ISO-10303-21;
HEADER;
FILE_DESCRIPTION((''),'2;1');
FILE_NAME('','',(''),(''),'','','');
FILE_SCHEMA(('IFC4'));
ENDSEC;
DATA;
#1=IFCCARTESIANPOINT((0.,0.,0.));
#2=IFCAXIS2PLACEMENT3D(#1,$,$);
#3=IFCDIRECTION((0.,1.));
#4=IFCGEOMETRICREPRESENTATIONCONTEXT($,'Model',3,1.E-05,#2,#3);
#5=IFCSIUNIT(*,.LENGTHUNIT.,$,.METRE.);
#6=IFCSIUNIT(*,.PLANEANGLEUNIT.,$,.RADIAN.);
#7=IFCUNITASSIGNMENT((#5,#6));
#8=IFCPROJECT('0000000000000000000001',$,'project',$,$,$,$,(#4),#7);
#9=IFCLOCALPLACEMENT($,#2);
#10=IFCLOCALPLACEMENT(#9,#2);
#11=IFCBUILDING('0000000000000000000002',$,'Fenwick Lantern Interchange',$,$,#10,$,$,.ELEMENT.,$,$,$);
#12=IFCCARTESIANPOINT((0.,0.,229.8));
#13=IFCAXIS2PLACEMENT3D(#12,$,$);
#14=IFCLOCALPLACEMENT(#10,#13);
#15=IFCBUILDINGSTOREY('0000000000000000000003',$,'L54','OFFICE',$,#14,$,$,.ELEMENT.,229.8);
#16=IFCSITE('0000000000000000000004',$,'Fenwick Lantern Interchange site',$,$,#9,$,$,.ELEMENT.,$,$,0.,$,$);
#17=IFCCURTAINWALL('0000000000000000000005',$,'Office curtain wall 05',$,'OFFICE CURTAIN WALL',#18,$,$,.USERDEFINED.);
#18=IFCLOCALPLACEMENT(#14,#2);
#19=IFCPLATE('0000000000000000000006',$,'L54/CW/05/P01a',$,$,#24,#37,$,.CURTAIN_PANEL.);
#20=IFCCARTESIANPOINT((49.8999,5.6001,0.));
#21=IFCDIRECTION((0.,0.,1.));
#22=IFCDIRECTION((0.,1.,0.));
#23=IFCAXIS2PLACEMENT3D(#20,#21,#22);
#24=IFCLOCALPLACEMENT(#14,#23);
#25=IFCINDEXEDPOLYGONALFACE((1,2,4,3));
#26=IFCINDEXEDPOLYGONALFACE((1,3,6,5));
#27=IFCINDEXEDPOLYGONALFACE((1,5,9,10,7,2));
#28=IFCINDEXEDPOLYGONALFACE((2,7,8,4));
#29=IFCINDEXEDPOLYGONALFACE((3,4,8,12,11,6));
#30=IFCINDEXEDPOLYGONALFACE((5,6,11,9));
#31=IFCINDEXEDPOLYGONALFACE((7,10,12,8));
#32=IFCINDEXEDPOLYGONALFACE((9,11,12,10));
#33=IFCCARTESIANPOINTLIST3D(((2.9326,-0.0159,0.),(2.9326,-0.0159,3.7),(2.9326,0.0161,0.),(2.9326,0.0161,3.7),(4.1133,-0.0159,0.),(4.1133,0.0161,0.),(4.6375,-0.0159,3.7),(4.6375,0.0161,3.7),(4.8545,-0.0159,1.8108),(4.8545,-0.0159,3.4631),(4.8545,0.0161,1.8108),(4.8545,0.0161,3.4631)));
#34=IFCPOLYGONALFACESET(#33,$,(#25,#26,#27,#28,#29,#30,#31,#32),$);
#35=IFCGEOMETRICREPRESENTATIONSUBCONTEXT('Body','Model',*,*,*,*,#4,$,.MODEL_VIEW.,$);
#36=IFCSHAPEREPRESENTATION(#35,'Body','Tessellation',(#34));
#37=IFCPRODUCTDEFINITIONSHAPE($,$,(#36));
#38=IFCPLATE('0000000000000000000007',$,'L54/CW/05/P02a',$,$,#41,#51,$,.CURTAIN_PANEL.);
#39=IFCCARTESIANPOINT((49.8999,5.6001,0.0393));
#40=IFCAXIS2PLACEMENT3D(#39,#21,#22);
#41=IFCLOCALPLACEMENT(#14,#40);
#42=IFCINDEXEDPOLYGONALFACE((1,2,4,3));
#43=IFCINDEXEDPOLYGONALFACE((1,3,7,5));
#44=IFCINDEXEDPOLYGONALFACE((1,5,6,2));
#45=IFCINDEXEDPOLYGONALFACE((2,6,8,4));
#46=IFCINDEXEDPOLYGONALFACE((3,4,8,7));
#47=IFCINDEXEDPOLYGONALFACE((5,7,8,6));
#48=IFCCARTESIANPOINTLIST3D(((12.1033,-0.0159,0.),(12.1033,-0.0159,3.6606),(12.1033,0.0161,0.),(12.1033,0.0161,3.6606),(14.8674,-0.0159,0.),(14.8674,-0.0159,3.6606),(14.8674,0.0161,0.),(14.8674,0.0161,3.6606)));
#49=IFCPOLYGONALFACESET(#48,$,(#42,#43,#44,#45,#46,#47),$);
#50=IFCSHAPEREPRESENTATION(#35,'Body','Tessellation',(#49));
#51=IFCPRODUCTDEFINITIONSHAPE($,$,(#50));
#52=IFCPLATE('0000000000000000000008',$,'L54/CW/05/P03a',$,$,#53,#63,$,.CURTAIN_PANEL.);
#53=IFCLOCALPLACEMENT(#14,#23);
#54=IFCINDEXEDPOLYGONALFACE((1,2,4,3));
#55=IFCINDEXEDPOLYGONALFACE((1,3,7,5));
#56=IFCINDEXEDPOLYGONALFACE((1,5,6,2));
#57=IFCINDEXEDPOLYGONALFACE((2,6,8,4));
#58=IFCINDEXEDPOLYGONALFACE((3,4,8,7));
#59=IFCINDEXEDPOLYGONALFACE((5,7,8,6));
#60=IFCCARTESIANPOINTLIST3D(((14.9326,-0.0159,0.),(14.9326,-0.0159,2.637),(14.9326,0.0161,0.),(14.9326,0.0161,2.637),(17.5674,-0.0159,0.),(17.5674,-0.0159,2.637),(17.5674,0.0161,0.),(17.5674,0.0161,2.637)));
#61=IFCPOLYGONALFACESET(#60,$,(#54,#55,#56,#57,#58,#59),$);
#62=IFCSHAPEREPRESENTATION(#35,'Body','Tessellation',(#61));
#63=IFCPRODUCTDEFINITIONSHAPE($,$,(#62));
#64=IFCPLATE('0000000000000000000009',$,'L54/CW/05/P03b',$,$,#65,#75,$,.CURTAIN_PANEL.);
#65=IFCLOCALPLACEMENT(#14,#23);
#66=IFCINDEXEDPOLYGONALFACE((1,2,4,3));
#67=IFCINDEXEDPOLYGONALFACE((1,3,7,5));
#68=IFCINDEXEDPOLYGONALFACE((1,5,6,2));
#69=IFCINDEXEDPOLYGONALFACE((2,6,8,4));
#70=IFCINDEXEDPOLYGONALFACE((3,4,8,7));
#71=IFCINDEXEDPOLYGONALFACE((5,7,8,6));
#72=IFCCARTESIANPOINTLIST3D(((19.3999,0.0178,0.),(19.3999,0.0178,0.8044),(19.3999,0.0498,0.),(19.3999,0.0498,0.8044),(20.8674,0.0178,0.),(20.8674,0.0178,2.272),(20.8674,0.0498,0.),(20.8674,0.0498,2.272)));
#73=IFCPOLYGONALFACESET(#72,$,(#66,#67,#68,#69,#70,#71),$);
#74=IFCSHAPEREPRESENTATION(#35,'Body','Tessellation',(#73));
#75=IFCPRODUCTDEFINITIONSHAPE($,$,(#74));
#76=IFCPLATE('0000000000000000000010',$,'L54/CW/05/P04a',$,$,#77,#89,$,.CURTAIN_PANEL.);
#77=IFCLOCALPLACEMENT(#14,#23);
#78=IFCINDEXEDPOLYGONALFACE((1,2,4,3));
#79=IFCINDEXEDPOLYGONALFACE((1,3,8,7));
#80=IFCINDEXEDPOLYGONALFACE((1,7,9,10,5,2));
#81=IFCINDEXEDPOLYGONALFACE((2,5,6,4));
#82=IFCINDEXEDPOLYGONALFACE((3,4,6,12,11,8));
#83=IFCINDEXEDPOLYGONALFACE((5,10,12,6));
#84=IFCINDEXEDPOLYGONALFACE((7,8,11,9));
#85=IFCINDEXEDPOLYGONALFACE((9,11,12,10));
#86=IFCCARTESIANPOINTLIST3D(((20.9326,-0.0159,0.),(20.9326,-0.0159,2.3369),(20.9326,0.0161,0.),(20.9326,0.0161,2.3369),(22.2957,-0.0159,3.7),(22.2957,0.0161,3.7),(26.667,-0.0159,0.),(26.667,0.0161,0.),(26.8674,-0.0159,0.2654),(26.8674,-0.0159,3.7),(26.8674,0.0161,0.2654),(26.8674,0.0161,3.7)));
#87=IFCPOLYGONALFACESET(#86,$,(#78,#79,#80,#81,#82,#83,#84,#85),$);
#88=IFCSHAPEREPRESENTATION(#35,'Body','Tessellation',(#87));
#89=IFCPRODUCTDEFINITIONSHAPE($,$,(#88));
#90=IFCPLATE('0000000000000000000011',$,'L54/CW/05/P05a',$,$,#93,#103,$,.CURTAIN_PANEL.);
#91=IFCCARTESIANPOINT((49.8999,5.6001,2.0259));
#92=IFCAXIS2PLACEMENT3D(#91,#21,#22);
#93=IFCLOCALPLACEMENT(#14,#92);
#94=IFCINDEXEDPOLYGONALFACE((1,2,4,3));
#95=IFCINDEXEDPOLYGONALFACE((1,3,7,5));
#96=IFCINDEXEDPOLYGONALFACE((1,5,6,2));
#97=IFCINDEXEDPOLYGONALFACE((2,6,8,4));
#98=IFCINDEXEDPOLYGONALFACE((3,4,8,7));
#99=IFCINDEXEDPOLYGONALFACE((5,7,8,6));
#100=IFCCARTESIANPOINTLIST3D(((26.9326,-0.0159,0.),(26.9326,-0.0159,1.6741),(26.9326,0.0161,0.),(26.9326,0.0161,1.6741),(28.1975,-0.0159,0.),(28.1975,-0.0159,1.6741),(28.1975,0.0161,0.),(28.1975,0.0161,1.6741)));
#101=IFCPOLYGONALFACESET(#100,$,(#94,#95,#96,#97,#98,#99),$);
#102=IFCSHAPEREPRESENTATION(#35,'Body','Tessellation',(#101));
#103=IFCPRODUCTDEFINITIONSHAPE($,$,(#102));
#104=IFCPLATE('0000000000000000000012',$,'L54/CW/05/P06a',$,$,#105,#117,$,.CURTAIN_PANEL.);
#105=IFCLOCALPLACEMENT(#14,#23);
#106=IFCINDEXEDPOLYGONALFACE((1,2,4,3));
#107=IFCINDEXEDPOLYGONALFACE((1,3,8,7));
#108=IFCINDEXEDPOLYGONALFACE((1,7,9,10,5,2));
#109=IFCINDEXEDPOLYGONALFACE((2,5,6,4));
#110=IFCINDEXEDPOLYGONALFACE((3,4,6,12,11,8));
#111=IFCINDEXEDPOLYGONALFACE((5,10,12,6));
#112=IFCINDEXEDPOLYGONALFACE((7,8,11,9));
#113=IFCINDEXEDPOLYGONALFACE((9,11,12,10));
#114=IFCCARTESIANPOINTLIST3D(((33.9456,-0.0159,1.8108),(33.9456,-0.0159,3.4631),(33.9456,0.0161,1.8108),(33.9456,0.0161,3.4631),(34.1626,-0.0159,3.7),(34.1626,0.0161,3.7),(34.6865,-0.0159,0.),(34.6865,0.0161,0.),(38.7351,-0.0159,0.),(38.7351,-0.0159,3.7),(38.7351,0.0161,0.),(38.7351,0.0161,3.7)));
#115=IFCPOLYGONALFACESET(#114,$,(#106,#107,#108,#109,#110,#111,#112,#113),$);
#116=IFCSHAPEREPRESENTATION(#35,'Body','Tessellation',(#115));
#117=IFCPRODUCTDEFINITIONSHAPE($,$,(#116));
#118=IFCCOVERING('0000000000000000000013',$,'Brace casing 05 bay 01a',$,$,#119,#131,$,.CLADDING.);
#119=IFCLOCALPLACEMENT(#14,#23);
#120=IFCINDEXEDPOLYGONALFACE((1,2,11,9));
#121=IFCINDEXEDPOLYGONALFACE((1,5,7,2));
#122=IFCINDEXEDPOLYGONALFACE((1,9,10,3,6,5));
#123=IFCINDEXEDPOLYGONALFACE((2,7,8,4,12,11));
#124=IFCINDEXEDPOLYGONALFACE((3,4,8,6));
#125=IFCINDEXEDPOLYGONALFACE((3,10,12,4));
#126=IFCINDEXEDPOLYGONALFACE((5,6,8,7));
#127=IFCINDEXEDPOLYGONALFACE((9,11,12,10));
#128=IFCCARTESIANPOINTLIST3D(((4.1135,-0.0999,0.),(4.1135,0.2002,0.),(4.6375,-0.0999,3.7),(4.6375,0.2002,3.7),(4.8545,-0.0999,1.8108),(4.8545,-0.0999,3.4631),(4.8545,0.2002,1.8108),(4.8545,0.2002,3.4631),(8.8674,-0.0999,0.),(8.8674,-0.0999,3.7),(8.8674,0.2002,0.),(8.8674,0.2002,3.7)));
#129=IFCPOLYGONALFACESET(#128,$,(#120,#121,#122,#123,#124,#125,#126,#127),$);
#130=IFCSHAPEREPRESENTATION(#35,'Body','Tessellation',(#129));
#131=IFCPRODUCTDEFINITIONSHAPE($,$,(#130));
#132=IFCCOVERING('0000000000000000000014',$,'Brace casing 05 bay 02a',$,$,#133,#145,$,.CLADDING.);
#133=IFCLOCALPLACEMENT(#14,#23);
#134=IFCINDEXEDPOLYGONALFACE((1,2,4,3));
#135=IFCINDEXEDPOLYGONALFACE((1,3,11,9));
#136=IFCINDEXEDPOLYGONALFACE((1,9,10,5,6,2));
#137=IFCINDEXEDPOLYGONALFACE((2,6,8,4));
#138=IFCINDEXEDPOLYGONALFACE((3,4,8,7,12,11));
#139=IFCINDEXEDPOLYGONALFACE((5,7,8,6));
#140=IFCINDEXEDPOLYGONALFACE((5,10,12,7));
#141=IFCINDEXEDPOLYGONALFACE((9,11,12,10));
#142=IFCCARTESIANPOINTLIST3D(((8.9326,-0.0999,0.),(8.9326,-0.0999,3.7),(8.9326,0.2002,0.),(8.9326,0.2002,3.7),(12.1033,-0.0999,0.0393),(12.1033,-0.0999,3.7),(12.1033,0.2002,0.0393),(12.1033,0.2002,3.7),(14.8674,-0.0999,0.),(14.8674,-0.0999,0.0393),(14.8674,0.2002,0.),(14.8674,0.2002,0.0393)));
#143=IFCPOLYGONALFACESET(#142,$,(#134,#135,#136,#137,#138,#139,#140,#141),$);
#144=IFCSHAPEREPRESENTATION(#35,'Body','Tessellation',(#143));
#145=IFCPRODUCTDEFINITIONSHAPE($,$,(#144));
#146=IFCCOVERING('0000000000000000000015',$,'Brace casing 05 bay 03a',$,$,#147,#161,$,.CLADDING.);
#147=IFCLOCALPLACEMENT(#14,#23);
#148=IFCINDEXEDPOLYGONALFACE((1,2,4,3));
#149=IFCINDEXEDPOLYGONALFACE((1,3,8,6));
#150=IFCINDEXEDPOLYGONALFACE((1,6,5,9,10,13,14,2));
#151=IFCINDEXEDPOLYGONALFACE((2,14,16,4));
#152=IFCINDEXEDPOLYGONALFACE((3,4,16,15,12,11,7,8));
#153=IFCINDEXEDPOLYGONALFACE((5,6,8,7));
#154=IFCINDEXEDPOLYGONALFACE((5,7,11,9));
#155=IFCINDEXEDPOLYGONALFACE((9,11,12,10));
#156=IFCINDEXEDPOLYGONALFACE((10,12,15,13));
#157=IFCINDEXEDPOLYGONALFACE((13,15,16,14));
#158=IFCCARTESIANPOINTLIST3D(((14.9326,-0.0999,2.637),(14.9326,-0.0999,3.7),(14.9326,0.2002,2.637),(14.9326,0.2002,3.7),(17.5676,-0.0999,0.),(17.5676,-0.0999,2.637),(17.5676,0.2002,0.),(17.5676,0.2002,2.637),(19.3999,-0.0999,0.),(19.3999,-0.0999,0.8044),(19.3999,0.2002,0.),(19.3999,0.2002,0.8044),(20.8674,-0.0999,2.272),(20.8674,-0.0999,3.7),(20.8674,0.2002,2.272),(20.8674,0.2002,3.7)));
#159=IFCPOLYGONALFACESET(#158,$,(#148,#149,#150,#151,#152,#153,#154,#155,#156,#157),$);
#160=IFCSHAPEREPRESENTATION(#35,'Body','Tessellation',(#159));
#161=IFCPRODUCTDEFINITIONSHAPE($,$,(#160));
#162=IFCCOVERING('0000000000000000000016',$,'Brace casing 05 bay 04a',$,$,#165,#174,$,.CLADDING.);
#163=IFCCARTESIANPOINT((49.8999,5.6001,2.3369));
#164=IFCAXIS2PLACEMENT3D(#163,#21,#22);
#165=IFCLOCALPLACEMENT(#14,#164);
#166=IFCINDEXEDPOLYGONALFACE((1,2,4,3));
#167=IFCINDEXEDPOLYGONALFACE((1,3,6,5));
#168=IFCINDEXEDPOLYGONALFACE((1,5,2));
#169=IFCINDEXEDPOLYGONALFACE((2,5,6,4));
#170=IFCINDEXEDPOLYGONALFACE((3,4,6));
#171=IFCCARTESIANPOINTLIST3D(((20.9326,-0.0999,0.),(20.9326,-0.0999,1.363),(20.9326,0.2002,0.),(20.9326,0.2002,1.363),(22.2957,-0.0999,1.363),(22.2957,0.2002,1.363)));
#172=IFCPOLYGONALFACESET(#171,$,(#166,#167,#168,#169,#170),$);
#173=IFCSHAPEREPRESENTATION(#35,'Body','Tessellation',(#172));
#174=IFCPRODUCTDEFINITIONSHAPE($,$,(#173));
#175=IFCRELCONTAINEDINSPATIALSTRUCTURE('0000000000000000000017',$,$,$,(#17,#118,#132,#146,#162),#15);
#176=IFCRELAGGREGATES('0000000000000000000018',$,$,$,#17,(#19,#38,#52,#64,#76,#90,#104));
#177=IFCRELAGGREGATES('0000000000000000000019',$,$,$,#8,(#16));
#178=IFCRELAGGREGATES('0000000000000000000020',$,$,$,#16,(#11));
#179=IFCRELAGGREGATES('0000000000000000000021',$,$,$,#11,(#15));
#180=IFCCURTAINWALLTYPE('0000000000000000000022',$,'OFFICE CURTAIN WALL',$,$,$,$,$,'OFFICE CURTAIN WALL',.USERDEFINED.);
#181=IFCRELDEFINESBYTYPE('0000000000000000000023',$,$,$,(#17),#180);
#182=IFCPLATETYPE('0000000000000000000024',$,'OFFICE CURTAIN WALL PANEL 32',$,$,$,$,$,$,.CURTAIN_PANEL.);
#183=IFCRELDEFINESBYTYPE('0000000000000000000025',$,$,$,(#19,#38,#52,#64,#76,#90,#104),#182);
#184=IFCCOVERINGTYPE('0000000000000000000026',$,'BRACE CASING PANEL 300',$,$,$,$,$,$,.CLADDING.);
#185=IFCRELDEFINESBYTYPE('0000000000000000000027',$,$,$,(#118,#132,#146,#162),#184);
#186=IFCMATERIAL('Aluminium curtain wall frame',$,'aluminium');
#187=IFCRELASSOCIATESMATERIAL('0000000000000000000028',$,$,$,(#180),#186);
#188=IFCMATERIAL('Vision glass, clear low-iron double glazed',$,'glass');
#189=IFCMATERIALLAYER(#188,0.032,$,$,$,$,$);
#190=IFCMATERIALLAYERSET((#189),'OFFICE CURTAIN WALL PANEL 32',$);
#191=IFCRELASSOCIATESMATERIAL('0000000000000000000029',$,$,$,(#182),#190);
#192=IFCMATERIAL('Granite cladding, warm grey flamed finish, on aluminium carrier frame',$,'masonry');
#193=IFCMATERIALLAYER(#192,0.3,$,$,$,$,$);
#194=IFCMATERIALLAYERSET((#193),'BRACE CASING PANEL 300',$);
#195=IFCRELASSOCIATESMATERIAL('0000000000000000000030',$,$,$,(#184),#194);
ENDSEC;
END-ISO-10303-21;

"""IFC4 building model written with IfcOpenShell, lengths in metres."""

from ifc_helpers import new_model, si_unit, direction, frame, origin, place, context, subcontext, project, spatial, polyline, outline, extrude, material, layer, layer_set, type_object, element, aggregate, save


model = new_model("IFC4")

# Units and contexts
model_context = context("Model", 3, precision=1e-05, world=origin(), true_north=direction((0.0, 1.0)))
body_context = subcontext(model_context, "Body", "Model", "MODEL_VIEW")
ifc_project = project(units=[si_unit("LENGTHUNIT", "METRE"), si_unit("PLANEANGLEUNIT", "RADIAN")], contexts=[model_context])

# Site, building, storey
site_placement = place(None, origin())
site = spatial("IfcSite", under=ifc_project, at=site_placement, Name="Fenwick Lantern Interchange site", CompositionType="ELEMENT", RefElevation=0.0)
building_placement = place(site_placement, origin())
building = spatial("IfcBuilding", under=site, at=building_placement, Name="Fenwick Lantern Interchange", CompositionType="ELEMENT")
storey_placement = place(building_placement, frame((0.0, 0.0, 229.8)))
storey = spatial("IfcBuildingStorey", under=building, at=storey_placement, Name="L54", Description="OFFICE", CompositionType="ELEMENT", Elevation=229.8)

# Shared definitions
ifc_material_1 = material(Name="Aluminium curtain wall frame", Category="aluminium")
curtain_wall_type = type_object("IfcCurtainWallType", Name="OFFICE CURTAIN WALL", ElementType="OFFICE CURTAIN WALL", PredefinedType="USERDEFINED", material=ifc_material_1)

# Curtain wall
curtain_wall_1_placement = place(storey_placement, origin())
curtain_wall_1 = element("IfcCurtainWall", 1, at=curtain_wall_1_placement, inside=storey, type_object=curtain_wall_type, Name="Office curtain wall 05", ObjectType="OFFICE CURTAIN WALL", PredefinedType="USERDEFINED")

# Plates
ifc_material_2 = material(Name="Vision glass, clear low-iron double glazed", Category="glass")
ifc_layer_1 = layer(ifc_material_2, 0.032)
ifc_layer_set_1 = layer_set([ifc_layer_1], Name="OFFICE CURTAIN WALL PANEL 32")
plate_type = type_object("IfcPlateType", Name="OFFICE CURTAIN WALL PANEL 32", PredefinedType="CURTAIN_PANEL", material=ifc_layer_set_1)
plate_1_placement = place(storey_placement, frame((49.8999, 5.6001, 0.0), z_axis=(0.0, 0.0, 1.0), x_axis=(0.0, 1.0, 0.0)))
plate_1 = element("IfcPlate", 2, at=plate_1_placement, type_object=plate_type, Name="L54/CW/05/P01a", PredefinedType="CURTAIN_PANEL", context=body_context, shape_type="SweptSolid", body=[
    extrude(outline(polyline([(2.9326, 0.0), (4.1133, 0.0), (4.8545, 1.8108), (4.8545, 3.4631), (4.6375, 3.7), (2.9326, 3.7), (2.9326, 0.0)])), frame((0.0, 0.0161, 0.0), z_axis=(0.0, -1.0, 0.0), x_axis=(1.0, 0.0, 0.0)), (0.0, 0.0, 1.0), 0.032),
])
plate_2_placement = place(storey_placement, frame((49.8999, 5.6001, 0.0393), z_axis=(0.0, 0.0, 1.0), x_axis=(0.0, 1.0, 0.0)))
plate_2 = element("IfcPlate", 3, at=plate_2_placement, type_object=plate_type, Name="L54/CW/05/P02a", PredefinedType="CURTAIN_PANEL", context=body_context, shape_type="SweptSolid", body=[
    extrude(outline(polyline([(12.1033, 0.0), (14.8674, 0.0), (14.8674, 3.6606), (12.1033, 3.6606), (12.1033, 0.0)])), frame((0.0, 0.0161, 0.0), z_axis=(0.0, -1.0, 0.0), x_axis=(1.0, 0.0, 0.0)), (0.0, 0.0, 1.0), 0.032),
])
plate_3_placement = place(storey_placement, frame((49.8999, 5.6001, 0.0), z_axis=(0.0, 0.0, 1.0), x_axis=(0.0, 1.0, 0.0)))
plate_3 = element("IfcPlate", 4, at=plate_3_placement, type_object=plate_type, Name="L54/CW/05/P03a", PredefinedType="CURTAIN_PANEL", context=body_context, shape_type="SweptSolid", body=[
    extrude(outline(polyline([(14.9326, 0.0), (17.5674, 0.0), (17.5674, 2.637), (14.9326, 2.637), (14.9326, 0.0)])), frame((0.0, 0.0161, 0.0), z_axis=(0.0, -1.0, 0.0), x_axis=(1.0, 0.0, 0.0)), (0.0, 0.0, 1.0), 0.032),
])
plate_4_placement = place(storey_placement, frame((49.8999, 5.6001, 0.0), z_axis=(0.0, 0.0, 1.0), x_axis=(0.0, 1.0, 0.0)))
plate_4 = element("IfcPlate", 5, at=plate_4_placement, type_object=plate_type, Name="L54/CW/05/P03b", PredefinedType="CURTAIN_PANEL", context=body_context, shape_type="SweptSolid", body=[
    extrude(outline(polyline([(19.3999, 0.0), (20.8674, 0.0), (20.8674, 2.272), (19.3999, 0.8044), (19.3999, 0.0)])), frame((0.0, 0.0498, 0.0), z_axis=(0.0, -1.0, 0.0), x_axis=(1.0, 0.0, 0.0)), (0.0, 0.0, 1.0), 0.032),
])
plate_5_placement = place(storey_placement, frame((49.8999, 5.6001, 0.0), z_axis=(0.0, 0.0, 1.0), x_axis=(0.0, 1.0, 0.0)))
plate_5 = element("IfcPlate", 6, at=plate_5_placement, type_object=plate_type, Name="L54/CW/05/P04a", PredefinedType="CURTAIN_PANEL", context=body_context, shape_type="SweptSolid", body=[
    extrude(outline(polyline([(20.9326, 0.0), (26.667, 0.0), (26.8674, 0.2654), (26.8674, 3.7), (22.2957, 3.7), (20.9326, 2.3369), (20.9326, 0.0)])), frame((0.0, 0.0161, 0.0), z_axis=(0.0, -1.0, 0.0), x_axis=(1.0, 0.0, 0.0)), (0.0, 0.0, 1.0), 0.032),
])
plate_6_placement = place(storey_placement, frame((49.8999, 5.6001, 2.0259), z_axis=(0.0, 0.0, 1.0), x_axis=(0.0, 1.0, 0.0)))
plate_6 = element("IfcPlate", 7, at=plate_6_placement, type_object=plate_type, Name="L54/CW/05/P05a", PredefinedType="CURTAIN_PANEL", context=body_context, shape_type="SweptSolid", body=[
    extrude(outline(polyline([(26.9326, 0.0), (28.1975, 0.0), (28.1975, 1.6741), (26.9326, 1.6741), (26.9326, 0.0)])), frame((0.0, 0.0161, 0.0), z_axis=(0.0, -1.0, 0.0), x_axis=(1.0, 0.0, 0.0)), (0.0, 0.0, 1.0), 0.032),
])
plate_7_placement = place(storey_placement, frame((49.8999, 5.6001, 0.0), z_axis=(0.0, 0.0, 1.0), x_axis=(0.0, 1.0, 0.0)))
plate_7 = element("IfcPlate", 8, at=plate_7_placement, type_object=plate_type, Name="L54/CW/05/P06a", PredefinedType="CURTAIN_PANEL", context=body_context, shape_type="SweptSolid", body=[
    extrude(outline(polyline([(34.6865, 0.0), (38.7351, 0.0), (38.7351, 3.7), (34.1626, 3.7), (33.9456, 3.4631), (33.9456, 1.8108), (34.6865, 0.0)])), frame((0.0, 0.0161, 0.0), z_axis=(0.0, -1.0, 0.0), x_axis=(1.0, 0.0, 0.0)), (0.0, 0.0, 1.0), 0.032),
])
aggregate(curtain_wall_1, [plate_1, plate_2, plate_3, plate_4, plate_5, plate_6, plate_7])

# Coverings
ifc_material_3 = material(Name="Granite cladding, warm grey flamed finish, on aluminium carrier frame", Category="masonry")
ifc_layer_2 = layer(ifc_material_3, 0.3)
ifc_layer_set_2 = layer_set([ifc_layer_2], Name="BRACE CASING PANEL 300")
covering_type = type_object("IfcCoveringType", Name="BRACE CASING PANEL 300", PredefinedType="CLADDING", material=ifc_layer_set_2)
covering_1_placement = place(storey_placement, frame((49.8999, 5.6001, 0.0), z_axis=(0.0, 0.0, 1.0), x_axis=(0.0, 1.0, 0.0)))
element("IfcCovering", 9, at=covering_1_placement, inside=storey, type_object=covering_type, Name="Brace casing 05 bay 01a", PredefinedType="CLADDING", context=body_context, shape_type="SweptSolid", body=[
    extrude(outline(polyline([(4.1135, 0.0), (8.8674, 0.0), (8.8674, 3.7), (4.6375, 3.7), (4.8545, 3.4631), (4.8545, 1.8108), (4.1135, 0.0)])), frame((0.0, 0.2002, 0.0), z_axis=(0.0, -1.0, 0.0), x_axis=(1.0, 0.0, 0.0)), (0.0, 0.0, 1.0), 0.3),
])
covering_2_placement = place(storey_placement, frame((49.8999, 5.6001, 0.0), z_axis=(0.0, 0.0, 1.0), x_axis=(0.0, 1.0, 0.0)))
element("IfcCovering", 10, at=covering_2_placement, inside=storey, type_object=covering_type, Name="Brace casing 05 bay 02a", PredefinedType="CLADDING", context=body_context, shape_type="SweptSolid", body=[
    extrude(outline(polyline([(8.9326, 0.0), (14.8674, 0.0), (14.8674, 0.0393), (12.1033, 0.0393), (12.1033, 3.7), (8.9326, 3.7), (8.9326, 0.0)])), frame((0.0, 0.2002, 0.0), z_axis=(0.0, -1.0, 0.0), x_axis=(1.0, 0.0, 0.0)), (0.0, 0.0, 1.0), 0.3),
])
covering_3_placement = place(storey_placement, frame((49.8999, 5.6001, 0.0), z_axis=(0.0, 0.0, 1.0), x_axis=(0.0, 1.0, 0.0)))
element("IfcCovering", 11, at=covering_3_placement, inside=storey, type_object=covering_type, Name="Brace casing 05 bay 03a", PredefinedType="CLADDING", context=body_context, shape_type="SweptSolid", body=[
    extrude(outline(polyline([(17.5676, 0.0), (19.3999, 0.0), (19.3999, 0.8044), (20.8674, 2.272), (20.8674, 3.7), (14.9326, 3.7), (14.9326, 2.637), (17.5676, 2.637), (17.5676, 0.0)])), frame((0.0, 0.2002, 0.0), z_axis=(0.0, -1.0, 0.0), x_axis=(1.0, 0.0, 0.0)), (0.0, 0.0, 1.0), 0.3),
])
covering_4_placement = place(storey_placement, frame((49.8999, 5.6001, 2.3369), z_axis=(0.0, 0.0, 1.0), x_axis=(0.0, 1.0, 0.0)))
element("IfcCovering", 12, at=covering_4_placement, inside=storey, type_object=covering_type, Name="Brace casing 05 bay 04a", PredefinedType="CLADDING", context=body_context, shape_type="SweptSolid", body=[
    extrude(outline(polyline([(20.9326, 0.0), (22.2957, 1.363), (20.9326, 1.363), (20.9326, 0.0)])), frame((0.0, 0.2002, 0.0), z_axis=(0.0, -1.0, 0.0), x_axis=(1.0, 0.0, 0.0)), (0.0, 0.0, 1.0), 0.3),
])

save(model, "model.ifc")
